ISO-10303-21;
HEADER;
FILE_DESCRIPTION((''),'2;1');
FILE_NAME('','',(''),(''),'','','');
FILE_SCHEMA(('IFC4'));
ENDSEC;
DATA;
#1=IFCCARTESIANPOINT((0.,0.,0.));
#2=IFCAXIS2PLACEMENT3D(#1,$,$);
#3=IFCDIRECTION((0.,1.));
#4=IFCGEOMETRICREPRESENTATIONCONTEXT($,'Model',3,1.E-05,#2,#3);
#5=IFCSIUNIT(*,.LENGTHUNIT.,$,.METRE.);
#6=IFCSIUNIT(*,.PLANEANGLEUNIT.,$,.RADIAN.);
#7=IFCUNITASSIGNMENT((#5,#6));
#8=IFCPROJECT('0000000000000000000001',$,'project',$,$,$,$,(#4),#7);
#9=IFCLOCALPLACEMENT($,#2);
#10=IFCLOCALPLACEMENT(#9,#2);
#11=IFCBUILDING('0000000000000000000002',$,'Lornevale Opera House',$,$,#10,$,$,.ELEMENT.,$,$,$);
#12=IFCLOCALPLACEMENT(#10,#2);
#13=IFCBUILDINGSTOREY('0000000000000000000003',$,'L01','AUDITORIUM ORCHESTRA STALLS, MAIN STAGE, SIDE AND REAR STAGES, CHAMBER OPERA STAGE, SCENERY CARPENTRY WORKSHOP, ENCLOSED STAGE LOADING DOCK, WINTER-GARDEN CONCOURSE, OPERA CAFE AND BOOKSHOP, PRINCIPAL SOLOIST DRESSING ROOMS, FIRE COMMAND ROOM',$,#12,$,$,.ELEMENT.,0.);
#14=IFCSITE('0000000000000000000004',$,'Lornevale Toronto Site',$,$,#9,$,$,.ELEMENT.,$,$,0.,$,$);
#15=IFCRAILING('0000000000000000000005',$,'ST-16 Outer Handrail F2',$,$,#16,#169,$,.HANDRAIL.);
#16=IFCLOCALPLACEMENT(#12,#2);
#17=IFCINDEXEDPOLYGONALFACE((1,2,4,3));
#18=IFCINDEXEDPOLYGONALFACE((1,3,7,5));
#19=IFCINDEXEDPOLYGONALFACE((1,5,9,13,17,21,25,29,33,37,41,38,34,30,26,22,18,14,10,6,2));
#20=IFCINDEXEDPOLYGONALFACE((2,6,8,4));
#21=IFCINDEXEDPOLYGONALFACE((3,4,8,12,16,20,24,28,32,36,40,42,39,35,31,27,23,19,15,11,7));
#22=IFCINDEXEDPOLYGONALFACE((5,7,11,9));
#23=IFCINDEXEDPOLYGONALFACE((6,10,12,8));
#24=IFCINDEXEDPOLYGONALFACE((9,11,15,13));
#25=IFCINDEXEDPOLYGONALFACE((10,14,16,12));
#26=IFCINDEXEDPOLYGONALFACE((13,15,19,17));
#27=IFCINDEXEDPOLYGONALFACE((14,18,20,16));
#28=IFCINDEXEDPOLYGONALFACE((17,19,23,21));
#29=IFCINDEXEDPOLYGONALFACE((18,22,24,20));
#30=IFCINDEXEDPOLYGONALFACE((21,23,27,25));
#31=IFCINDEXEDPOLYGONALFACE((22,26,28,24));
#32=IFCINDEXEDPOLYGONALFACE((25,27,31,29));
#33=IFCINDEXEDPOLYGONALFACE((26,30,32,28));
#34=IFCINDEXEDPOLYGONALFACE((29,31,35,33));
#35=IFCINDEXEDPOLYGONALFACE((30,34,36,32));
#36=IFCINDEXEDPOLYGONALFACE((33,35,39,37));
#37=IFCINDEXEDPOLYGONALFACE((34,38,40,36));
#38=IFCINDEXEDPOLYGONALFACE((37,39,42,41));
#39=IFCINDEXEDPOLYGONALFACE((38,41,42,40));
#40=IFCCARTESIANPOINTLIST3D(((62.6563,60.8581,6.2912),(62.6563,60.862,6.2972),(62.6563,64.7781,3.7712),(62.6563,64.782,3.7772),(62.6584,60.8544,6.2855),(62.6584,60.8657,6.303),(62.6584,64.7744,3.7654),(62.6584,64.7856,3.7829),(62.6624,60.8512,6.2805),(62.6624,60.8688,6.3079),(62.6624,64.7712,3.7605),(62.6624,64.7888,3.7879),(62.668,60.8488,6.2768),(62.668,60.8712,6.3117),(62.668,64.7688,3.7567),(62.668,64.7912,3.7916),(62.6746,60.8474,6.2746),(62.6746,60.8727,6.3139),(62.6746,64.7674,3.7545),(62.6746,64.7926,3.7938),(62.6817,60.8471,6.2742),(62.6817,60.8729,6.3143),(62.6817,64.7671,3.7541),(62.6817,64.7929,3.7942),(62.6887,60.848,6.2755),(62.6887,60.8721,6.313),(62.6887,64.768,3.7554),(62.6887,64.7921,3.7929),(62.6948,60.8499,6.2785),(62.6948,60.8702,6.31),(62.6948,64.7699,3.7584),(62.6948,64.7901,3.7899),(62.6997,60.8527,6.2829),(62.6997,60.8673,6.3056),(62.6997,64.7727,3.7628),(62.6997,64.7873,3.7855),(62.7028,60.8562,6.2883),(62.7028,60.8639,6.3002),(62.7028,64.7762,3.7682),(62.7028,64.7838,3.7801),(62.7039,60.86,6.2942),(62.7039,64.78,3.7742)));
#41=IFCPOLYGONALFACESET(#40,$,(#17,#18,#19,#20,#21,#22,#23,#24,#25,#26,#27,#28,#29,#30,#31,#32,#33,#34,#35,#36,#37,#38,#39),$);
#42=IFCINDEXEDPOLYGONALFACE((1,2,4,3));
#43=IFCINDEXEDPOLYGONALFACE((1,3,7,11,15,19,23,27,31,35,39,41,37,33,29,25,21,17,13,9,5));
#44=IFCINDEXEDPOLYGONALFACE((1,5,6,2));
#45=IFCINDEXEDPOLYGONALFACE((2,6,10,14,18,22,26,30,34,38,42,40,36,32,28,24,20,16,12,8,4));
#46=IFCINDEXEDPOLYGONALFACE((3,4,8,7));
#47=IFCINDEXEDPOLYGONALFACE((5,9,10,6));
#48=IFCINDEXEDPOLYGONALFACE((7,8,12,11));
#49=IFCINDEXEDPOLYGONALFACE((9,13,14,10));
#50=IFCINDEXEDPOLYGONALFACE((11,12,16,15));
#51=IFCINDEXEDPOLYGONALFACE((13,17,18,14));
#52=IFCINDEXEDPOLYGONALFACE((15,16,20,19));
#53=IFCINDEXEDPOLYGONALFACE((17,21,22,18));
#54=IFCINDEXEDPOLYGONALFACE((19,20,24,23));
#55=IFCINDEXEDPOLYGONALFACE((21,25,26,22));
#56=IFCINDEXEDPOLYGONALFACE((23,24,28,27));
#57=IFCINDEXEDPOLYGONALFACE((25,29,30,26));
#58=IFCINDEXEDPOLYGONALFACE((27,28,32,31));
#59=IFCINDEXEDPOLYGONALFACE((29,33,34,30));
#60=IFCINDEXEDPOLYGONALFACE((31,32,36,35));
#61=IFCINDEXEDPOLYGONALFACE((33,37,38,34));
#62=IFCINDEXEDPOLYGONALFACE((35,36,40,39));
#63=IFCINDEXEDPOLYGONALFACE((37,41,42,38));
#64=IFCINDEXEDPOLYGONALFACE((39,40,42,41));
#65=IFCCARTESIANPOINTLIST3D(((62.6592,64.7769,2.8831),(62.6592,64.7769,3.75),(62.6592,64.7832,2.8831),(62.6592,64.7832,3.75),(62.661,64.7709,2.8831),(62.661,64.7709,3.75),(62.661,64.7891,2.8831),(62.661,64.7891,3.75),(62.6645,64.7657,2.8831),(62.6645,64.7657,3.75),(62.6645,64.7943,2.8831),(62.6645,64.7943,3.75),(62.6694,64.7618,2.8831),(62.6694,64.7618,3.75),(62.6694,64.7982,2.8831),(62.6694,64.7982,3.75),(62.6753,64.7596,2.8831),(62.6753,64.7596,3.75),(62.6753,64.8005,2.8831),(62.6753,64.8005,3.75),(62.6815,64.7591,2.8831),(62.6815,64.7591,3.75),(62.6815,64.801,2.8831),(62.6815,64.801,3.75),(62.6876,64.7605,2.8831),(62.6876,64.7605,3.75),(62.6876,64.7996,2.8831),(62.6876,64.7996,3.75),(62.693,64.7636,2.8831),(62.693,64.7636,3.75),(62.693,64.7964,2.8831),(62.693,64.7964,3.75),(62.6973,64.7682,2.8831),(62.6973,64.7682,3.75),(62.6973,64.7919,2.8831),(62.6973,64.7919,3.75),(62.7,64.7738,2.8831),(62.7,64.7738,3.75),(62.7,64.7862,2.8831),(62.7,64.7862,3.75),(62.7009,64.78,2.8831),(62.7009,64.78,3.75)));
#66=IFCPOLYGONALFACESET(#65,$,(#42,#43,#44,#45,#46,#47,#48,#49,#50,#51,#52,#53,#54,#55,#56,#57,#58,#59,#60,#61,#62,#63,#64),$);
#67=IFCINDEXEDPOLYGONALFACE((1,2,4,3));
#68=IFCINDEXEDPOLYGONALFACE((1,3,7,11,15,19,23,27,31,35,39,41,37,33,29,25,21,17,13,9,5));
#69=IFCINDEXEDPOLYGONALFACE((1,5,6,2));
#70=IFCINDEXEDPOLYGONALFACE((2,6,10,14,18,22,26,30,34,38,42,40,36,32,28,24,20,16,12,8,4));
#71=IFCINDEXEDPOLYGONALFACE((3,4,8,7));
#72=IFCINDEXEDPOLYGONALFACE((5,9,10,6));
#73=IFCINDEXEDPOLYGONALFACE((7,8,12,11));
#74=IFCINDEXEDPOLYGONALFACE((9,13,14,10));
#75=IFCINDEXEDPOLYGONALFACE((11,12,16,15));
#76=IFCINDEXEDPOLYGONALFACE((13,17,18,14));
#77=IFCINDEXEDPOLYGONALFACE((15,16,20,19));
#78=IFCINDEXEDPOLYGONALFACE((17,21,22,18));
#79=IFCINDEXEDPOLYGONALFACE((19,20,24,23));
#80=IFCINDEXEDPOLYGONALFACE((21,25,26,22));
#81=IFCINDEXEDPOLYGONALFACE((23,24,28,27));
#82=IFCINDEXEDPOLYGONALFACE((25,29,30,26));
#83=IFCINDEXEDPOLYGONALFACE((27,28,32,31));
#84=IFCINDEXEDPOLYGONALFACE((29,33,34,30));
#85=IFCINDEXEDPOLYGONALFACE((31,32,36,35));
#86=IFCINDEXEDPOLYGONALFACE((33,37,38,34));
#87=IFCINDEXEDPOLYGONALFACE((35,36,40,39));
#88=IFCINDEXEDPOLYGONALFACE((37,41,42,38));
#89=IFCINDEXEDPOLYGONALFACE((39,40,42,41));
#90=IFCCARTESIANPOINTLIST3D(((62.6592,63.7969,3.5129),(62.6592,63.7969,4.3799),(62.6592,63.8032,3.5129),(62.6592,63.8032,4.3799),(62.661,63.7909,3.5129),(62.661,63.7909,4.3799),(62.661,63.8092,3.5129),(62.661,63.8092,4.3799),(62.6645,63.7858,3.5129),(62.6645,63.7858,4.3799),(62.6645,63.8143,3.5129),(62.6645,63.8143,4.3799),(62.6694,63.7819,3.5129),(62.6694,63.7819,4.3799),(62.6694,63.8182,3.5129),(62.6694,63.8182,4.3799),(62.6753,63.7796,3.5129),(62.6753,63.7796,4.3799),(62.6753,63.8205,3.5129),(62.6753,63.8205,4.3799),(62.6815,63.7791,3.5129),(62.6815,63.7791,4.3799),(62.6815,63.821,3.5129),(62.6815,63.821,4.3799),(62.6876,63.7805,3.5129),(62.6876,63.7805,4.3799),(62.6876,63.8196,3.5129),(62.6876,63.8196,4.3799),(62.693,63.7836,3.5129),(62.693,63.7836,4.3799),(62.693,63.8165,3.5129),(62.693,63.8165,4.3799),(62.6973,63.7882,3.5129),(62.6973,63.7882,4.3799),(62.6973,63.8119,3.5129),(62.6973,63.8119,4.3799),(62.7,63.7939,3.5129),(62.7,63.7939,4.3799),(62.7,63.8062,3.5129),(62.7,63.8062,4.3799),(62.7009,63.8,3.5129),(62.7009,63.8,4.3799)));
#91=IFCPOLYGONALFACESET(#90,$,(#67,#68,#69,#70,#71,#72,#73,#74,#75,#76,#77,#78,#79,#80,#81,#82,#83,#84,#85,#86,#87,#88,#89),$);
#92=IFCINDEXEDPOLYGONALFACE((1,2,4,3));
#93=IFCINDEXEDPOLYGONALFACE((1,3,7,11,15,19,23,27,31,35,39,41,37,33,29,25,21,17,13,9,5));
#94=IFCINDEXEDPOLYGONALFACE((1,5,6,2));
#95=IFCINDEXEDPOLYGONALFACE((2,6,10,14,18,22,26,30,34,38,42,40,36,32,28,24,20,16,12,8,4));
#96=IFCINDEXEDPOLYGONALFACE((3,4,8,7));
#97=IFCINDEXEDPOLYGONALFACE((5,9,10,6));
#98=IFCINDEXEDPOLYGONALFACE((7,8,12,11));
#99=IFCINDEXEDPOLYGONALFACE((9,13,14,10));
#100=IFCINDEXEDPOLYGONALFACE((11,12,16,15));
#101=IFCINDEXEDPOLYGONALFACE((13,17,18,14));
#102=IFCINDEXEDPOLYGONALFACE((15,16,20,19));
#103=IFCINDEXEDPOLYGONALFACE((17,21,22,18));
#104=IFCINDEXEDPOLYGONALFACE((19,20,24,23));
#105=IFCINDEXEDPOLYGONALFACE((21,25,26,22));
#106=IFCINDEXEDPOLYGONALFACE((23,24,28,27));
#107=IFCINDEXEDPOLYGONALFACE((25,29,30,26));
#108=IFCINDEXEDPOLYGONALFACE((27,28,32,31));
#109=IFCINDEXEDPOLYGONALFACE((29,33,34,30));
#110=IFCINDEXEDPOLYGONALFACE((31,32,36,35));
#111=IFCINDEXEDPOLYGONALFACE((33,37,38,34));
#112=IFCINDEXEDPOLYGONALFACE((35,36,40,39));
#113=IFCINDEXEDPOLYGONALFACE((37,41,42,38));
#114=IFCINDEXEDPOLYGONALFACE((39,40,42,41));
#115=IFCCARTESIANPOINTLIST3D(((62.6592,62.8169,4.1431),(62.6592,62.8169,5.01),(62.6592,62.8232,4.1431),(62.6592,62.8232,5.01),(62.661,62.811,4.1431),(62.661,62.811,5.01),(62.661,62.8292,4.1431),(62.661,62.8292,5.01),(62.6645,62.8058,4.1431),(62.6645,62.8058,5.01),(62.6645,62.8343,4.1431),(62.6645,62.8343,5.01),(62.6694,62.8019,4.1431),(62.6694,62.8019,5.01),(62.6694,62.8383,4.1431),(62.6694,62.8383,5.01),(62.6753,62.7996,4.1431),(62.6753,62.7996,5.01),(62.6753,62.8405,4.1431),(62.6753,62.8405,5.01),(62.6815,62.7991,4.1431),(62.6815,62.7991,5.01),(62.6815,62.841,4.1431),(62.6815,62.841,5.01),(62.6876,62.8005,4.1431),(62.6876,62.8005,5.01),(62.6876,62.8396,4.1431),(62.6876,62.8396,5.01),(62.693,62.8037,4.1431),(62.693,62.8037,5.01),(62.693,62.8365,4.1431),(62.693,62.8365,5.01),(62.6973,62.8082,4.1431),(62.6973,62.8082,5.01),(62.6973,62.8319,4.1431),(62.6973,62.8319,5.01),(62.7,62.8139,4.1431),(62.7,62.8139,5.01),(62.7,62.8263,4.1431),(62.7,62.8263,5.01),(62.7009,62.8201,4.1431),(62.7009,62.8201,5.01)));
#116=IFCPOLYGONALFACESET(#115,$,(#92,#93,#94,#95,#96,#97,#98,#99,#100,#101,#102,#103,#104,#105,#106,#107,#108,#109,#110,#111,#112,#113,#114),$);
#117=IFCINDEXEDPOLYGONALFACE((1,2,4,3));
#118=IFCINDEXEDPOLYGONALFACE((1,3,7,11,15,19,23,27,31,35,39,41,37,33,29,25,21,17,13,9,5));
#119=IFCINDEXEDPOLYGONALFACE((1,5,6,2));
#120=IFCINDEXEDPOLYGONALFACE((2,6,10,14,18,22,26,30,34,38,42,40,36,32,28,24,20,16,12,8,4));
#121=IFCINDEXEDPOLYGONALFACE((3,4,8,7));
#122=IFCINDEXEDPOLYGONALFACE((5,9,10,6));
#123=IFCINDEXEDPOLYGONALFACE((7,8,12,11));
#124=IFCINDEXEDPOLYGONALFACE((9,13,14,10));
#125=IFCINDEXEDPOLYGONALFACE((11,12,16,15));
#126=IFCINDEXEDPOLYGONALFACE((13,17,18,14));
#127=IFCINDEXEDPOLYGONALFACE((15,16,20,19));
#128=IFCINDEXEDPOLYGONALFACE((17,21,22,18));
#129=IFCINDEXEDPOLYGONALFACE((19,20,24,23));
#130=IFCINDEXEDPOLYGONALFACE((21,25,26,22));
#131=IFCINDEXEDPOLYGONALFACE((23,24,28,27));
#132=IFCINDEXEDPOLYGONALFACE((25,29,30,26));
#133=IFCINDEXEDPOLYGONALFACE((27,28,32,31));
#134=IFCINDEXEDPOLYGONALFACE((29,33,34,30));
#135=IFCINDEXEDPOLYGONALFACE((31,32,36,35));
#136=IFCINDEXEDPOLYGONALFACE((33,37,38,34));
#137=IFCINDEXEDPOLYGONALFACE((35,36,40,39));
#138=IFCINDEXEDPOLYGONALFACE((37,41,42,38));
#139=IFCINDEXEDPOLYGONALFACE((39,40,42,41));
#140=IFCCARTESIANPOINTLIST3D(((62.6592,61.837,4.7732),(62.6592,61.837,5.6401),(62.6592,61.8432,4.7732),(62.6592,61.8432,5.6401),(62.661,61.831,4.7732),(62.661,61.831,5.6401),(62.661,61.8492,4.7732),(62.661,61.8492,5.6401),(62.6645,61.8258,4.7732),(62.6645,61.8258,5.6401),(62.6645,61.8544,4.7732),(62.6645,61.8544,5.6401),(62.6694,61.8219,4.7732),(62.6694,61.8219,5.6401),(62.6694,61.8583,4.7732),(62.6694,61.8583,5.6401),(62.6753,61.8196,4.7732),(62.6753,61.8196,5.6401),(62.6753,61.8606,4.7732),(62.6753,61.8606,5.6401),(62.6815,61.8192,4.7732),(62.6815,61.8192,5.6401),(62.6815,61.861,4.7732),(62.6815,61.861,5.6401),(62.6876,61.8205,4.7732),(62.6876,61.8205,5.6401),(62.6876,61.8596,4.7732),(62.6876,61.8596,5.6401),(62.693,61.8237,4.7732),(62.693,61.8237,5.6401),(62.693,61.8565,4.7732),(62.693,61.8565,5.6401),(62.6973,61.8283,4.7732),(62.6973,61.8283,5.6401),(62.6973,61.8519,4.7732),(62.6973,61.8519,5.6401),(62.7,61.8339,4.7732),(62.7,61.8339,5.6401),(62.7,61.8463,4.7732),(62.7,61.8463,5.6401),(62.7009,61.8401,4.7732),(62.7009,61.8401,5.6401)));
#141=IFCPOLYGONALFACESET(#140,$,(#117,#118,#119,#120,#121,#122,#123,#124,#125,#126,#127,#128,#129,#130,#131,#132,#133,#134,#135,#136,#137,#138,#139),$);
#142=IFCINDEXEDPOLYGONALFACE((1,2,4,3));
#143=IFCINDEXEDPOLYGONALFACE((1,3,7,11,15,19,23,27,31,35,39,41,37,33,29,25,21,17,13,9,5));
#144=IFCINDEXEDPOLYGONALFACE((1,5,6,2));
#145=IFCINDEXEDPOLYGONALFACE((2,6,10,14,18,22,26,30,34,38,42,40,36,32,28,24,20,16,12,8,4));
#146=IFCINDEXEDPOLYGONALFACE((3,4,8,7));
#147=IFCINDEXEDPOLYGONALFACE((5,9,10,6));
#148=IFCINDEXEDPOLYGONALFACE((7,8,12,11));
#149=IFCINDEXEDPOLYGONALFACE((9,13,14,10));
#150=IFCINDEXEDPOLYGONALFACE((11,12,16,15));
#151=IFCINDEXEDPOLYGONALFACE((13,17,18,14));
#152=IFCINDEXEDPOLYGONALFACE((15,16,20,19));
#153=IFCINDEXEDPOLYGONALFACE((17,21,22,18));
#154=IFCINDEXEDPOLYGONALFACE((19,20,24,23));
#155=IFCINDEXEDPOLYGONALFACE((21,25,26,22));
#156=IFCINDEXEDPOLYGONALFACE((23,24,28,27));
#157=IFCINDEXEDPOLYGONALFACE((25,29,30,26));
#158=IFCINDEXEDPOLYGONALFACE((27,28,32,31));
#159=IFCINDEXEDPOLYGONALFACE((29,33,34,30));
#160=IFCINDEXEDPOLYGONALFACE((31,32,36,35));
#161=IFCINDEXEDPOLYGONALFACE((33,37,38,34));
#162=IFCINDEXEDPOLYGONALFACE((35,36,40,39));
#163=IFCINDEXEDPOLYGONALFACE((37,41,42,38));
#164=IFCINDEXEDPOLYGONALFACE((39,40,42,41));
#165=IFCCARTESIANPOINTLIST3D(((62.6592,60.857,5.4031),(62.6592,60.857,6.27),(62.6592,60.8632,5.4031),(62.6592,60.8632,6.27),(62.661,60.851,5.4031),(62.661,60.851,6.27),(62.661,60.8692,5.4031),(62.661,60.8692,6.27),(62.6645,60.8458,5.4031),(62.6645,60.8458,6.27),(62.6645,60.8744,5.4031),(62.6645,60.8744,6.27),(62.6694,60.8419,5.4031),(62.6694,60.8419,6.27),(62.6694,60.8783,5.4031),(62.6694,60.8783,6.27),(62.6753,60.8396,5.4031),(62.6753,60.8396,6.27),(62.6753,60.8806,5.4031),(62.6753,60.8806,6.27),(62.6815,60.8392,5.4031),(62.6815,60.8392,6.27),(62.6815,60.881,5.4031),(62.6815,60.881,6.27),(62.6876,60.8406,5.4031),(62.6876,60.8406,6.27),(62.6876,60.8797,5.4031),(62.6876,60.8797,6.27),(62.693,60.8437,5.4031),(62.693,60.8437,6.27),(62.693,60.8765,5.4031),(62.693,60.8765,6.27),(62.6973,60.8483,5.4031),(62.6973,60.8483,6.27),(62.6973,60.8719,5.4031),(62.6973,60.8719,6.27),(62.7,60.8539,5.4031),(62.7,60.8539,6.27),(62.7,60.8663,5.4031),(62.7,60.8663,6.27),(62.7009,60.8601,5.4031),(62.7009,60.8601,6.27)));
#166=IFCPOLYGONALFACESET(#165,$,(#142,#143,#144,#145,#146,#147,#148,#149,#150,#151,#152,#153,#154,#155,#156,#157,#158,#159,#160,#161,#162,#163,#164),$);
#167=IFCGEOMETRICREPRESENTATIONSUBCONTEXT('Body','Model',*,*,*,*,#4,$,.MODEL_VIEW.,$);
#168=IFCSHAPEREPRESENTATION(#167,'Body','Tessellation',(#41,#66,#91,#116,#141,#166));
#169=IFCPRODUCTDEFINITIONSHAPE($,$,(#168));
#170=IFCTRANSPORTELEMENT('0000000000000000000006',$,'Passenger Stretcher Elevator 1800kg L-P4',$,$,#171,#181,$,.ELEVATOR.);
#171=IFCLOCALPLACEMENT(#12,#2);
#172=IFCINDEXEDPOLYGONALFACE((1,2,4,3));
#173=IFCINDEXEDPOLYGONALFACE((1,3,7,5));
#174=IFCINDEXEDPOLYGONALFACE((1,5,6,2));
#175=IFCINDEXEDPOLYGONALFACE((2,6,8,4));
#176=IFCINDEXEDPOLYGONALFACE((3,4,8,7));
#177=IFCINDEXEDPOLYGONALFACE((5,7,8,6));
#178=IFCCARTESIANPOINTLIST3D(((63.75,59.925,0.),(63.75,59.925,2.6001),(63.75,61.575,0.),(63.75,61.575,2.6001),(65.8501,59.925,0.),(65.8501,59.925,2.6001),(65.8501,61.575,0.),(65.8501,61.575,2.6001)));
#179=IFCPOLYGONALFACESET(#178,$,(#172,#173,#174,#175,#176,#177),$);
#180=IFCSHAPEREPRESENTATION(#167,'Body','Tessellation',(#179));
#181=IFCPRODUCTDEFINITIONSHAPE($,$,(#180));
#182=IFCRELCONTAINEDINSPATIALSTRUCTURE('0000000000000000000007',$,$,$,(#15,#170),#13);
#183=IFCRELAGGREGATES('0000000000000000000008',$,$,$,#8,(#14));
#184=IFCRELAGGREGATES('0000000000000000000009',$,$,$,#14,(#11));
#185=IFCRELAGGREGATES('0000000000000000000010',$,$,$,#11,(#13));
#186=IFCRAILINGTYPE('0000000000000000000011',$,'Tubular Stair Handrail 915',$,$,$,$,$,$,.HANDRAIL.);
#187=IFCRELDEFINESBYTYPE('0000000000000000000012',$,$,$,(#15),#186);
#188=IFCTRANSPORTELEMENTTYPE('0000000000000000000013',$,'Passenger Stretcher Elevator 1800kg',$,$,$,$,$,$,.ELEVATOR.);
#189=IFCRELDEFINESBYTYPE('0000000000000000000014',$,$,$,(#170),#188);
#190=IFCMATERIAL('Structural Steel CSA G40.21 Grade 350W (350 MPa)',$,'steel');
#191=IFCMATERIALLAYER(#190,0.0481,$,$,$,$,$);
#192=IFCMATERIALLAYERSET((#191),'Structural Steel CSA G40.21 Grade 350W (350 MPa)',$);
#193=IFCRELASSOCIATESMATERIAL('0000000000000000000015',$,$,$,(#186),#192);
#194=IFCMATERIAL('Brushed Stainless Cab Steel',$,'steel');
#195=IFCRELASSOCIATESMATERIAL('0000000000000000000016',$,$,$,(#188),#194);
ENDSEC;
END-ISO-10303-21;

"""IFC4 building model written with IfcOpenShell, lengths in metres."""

from ifc_helpers import new_model, si_unit, direction, frame, origin, origin_2d, place, context, subcontext, project, spatial, rectangle, circle, extrude, material, layer, layer_set, type_object, element, save


model = new_model("IFC4")

# Units and contexts
model_context = context("Model", 3, precision=1e-05, world=origin(), true_north=direction((0.0, 1.0)))
body_context = subcontext(model_context, "Body", "Model", "MODEL_VIEW")
ifc_project = project(units=[si_unit("LENGTHUNIT", "METRE"), si_unit("PLANEANGLEUNIT", "RADIAN")], contexts=[model_context])

# Site, building, storey
site_placement = place(None, origin())
site = spatial("IfcSite", under=ifc_project, at=site_placement, Name="Lornevale Toronto Site", CompositionType="ELEMENT", RefElevation=0.0)
building_placement = place(site_placement, origin())
building = spatial("IfcBuilding", under=site, at=building_placement, Name="Lornevale Opera House", CompositionType="ELEMENT")
storey_placement = place(building_placement, origin())
storey = spatial("IfcBuildingStorey", under=building, at=storey_placement, Name="L01", Description="AUDITORIUM ORCHESTRA STALLS, MAIN STAGE, SIDE AND REAR STAGES, CHAMBER OPERA STAGE, SCENERY CARPENTRY WORKSHOP, ENCLOSED STAGE LOADING DOCK, WINTER-GARDEN CONCOURSE, OPERA CAFE AND BOOKSHOP, PRINCIPAL SOLOIST DRESSING ROOMS, FIRE COMMAND ROOM", CompositionType="ELEMENT", Elevation=0.0)

# Shared definitions
ifc_material_1 = material(Name="Structural Steel CSA G40.21 Grade 350W (350 MPa)", Category="steel")

# Railing
ifc_layer_1 = layer(ifc_material_1, 0.0481)
ifc_layer_set_1 = layer_set([ifc_layer_1], Name="Structural Steel CSA G40.21 Grade 350W (350 MPa)")
railing_type_1 = type_object("IfcRailingType", Name="Tubular Stair Handrail 915", PredefinedType="HANDRAIL", material=ifc_layer_set_1)
railing_1_placement = place(storey_placement, frame((62.6799, 64.78, 2.8831)))
element("IfcRailing", 1, at=railing_1_placement, inside=storey, type_object=railing_type_1, Name="ST-16 Outer Handrail F2", PredefinedType="HANDRAIL", context=body_context, shape_type="SweptSolid", body=[
    extrude(circle(Radius=0.0239, at=origin_2d()), frame((0.0, 0.0, 0.8911), z_axis=(0.0, -0.841172, 0.540768), x_axis=(1.0, 0.0, 0.0)), (0.0, 0.0, 1.0), 4.6602),
    extrude(circle(Radius=0.021, at=origin_2d()), origin(), (0.0, 0.0, 1.0), 0.8669),
    extrude(circle(Radius=0.021, at=origin_2d()), frame((0.0, -0.98, 0.6299)), (0.0, 0.0, 1.0), 0.8669),
    extrude(circle(Radius=0.021, at=origin_2d()), frame((0.0, -1.96, 1.26)), (0.0, 0.0, 1.0), 0.8669),
    extrude(circle(Radius=0.021, at=origin_2d()), frame((0.0, -2.9399, 1.8901)), (0.0, 0.0, 1.0), 0.8669),
    extrude(circle(Radius=0.021, at=origin_2d()), frame((0.0, -3.9199, 2.52)), (0.0, 0.0, 1.0), 0.8669),
])

# Transport element
ifc_material_2 = material(Name="Brushed Stainless Cab Steel", Category="steel")
transport_element_type = type_object("IfcTransportElementType", Name="Passenger Stretcher Elevator 1800kg", PredefinedType="ELEVATOR", material=ifc_material_2)
transport_element_placement = place(storey_placement, frame((64.8, 60.75, 0.0), z_axis=(0.0, 0.0, 1.0), x_axis=(1.0, 0.0, 0.0)))
element("IfcTransportElement", 2, at=transport_element_placement, inside=storey, type_object=transport_element_type, Name="Passenger Stretcher Elevator 1800kg L-P4", PredefinedType="ELEVATOR", context=body_context, shape_type="SweptSolid", body=[
    extrude(rectangle(XDim=2.1001, YDim=1.6499, at=origin_2d()), origin(), (0.0, 0.0, 1.0), 2.6001),
])

save(model, "model.ifc")
